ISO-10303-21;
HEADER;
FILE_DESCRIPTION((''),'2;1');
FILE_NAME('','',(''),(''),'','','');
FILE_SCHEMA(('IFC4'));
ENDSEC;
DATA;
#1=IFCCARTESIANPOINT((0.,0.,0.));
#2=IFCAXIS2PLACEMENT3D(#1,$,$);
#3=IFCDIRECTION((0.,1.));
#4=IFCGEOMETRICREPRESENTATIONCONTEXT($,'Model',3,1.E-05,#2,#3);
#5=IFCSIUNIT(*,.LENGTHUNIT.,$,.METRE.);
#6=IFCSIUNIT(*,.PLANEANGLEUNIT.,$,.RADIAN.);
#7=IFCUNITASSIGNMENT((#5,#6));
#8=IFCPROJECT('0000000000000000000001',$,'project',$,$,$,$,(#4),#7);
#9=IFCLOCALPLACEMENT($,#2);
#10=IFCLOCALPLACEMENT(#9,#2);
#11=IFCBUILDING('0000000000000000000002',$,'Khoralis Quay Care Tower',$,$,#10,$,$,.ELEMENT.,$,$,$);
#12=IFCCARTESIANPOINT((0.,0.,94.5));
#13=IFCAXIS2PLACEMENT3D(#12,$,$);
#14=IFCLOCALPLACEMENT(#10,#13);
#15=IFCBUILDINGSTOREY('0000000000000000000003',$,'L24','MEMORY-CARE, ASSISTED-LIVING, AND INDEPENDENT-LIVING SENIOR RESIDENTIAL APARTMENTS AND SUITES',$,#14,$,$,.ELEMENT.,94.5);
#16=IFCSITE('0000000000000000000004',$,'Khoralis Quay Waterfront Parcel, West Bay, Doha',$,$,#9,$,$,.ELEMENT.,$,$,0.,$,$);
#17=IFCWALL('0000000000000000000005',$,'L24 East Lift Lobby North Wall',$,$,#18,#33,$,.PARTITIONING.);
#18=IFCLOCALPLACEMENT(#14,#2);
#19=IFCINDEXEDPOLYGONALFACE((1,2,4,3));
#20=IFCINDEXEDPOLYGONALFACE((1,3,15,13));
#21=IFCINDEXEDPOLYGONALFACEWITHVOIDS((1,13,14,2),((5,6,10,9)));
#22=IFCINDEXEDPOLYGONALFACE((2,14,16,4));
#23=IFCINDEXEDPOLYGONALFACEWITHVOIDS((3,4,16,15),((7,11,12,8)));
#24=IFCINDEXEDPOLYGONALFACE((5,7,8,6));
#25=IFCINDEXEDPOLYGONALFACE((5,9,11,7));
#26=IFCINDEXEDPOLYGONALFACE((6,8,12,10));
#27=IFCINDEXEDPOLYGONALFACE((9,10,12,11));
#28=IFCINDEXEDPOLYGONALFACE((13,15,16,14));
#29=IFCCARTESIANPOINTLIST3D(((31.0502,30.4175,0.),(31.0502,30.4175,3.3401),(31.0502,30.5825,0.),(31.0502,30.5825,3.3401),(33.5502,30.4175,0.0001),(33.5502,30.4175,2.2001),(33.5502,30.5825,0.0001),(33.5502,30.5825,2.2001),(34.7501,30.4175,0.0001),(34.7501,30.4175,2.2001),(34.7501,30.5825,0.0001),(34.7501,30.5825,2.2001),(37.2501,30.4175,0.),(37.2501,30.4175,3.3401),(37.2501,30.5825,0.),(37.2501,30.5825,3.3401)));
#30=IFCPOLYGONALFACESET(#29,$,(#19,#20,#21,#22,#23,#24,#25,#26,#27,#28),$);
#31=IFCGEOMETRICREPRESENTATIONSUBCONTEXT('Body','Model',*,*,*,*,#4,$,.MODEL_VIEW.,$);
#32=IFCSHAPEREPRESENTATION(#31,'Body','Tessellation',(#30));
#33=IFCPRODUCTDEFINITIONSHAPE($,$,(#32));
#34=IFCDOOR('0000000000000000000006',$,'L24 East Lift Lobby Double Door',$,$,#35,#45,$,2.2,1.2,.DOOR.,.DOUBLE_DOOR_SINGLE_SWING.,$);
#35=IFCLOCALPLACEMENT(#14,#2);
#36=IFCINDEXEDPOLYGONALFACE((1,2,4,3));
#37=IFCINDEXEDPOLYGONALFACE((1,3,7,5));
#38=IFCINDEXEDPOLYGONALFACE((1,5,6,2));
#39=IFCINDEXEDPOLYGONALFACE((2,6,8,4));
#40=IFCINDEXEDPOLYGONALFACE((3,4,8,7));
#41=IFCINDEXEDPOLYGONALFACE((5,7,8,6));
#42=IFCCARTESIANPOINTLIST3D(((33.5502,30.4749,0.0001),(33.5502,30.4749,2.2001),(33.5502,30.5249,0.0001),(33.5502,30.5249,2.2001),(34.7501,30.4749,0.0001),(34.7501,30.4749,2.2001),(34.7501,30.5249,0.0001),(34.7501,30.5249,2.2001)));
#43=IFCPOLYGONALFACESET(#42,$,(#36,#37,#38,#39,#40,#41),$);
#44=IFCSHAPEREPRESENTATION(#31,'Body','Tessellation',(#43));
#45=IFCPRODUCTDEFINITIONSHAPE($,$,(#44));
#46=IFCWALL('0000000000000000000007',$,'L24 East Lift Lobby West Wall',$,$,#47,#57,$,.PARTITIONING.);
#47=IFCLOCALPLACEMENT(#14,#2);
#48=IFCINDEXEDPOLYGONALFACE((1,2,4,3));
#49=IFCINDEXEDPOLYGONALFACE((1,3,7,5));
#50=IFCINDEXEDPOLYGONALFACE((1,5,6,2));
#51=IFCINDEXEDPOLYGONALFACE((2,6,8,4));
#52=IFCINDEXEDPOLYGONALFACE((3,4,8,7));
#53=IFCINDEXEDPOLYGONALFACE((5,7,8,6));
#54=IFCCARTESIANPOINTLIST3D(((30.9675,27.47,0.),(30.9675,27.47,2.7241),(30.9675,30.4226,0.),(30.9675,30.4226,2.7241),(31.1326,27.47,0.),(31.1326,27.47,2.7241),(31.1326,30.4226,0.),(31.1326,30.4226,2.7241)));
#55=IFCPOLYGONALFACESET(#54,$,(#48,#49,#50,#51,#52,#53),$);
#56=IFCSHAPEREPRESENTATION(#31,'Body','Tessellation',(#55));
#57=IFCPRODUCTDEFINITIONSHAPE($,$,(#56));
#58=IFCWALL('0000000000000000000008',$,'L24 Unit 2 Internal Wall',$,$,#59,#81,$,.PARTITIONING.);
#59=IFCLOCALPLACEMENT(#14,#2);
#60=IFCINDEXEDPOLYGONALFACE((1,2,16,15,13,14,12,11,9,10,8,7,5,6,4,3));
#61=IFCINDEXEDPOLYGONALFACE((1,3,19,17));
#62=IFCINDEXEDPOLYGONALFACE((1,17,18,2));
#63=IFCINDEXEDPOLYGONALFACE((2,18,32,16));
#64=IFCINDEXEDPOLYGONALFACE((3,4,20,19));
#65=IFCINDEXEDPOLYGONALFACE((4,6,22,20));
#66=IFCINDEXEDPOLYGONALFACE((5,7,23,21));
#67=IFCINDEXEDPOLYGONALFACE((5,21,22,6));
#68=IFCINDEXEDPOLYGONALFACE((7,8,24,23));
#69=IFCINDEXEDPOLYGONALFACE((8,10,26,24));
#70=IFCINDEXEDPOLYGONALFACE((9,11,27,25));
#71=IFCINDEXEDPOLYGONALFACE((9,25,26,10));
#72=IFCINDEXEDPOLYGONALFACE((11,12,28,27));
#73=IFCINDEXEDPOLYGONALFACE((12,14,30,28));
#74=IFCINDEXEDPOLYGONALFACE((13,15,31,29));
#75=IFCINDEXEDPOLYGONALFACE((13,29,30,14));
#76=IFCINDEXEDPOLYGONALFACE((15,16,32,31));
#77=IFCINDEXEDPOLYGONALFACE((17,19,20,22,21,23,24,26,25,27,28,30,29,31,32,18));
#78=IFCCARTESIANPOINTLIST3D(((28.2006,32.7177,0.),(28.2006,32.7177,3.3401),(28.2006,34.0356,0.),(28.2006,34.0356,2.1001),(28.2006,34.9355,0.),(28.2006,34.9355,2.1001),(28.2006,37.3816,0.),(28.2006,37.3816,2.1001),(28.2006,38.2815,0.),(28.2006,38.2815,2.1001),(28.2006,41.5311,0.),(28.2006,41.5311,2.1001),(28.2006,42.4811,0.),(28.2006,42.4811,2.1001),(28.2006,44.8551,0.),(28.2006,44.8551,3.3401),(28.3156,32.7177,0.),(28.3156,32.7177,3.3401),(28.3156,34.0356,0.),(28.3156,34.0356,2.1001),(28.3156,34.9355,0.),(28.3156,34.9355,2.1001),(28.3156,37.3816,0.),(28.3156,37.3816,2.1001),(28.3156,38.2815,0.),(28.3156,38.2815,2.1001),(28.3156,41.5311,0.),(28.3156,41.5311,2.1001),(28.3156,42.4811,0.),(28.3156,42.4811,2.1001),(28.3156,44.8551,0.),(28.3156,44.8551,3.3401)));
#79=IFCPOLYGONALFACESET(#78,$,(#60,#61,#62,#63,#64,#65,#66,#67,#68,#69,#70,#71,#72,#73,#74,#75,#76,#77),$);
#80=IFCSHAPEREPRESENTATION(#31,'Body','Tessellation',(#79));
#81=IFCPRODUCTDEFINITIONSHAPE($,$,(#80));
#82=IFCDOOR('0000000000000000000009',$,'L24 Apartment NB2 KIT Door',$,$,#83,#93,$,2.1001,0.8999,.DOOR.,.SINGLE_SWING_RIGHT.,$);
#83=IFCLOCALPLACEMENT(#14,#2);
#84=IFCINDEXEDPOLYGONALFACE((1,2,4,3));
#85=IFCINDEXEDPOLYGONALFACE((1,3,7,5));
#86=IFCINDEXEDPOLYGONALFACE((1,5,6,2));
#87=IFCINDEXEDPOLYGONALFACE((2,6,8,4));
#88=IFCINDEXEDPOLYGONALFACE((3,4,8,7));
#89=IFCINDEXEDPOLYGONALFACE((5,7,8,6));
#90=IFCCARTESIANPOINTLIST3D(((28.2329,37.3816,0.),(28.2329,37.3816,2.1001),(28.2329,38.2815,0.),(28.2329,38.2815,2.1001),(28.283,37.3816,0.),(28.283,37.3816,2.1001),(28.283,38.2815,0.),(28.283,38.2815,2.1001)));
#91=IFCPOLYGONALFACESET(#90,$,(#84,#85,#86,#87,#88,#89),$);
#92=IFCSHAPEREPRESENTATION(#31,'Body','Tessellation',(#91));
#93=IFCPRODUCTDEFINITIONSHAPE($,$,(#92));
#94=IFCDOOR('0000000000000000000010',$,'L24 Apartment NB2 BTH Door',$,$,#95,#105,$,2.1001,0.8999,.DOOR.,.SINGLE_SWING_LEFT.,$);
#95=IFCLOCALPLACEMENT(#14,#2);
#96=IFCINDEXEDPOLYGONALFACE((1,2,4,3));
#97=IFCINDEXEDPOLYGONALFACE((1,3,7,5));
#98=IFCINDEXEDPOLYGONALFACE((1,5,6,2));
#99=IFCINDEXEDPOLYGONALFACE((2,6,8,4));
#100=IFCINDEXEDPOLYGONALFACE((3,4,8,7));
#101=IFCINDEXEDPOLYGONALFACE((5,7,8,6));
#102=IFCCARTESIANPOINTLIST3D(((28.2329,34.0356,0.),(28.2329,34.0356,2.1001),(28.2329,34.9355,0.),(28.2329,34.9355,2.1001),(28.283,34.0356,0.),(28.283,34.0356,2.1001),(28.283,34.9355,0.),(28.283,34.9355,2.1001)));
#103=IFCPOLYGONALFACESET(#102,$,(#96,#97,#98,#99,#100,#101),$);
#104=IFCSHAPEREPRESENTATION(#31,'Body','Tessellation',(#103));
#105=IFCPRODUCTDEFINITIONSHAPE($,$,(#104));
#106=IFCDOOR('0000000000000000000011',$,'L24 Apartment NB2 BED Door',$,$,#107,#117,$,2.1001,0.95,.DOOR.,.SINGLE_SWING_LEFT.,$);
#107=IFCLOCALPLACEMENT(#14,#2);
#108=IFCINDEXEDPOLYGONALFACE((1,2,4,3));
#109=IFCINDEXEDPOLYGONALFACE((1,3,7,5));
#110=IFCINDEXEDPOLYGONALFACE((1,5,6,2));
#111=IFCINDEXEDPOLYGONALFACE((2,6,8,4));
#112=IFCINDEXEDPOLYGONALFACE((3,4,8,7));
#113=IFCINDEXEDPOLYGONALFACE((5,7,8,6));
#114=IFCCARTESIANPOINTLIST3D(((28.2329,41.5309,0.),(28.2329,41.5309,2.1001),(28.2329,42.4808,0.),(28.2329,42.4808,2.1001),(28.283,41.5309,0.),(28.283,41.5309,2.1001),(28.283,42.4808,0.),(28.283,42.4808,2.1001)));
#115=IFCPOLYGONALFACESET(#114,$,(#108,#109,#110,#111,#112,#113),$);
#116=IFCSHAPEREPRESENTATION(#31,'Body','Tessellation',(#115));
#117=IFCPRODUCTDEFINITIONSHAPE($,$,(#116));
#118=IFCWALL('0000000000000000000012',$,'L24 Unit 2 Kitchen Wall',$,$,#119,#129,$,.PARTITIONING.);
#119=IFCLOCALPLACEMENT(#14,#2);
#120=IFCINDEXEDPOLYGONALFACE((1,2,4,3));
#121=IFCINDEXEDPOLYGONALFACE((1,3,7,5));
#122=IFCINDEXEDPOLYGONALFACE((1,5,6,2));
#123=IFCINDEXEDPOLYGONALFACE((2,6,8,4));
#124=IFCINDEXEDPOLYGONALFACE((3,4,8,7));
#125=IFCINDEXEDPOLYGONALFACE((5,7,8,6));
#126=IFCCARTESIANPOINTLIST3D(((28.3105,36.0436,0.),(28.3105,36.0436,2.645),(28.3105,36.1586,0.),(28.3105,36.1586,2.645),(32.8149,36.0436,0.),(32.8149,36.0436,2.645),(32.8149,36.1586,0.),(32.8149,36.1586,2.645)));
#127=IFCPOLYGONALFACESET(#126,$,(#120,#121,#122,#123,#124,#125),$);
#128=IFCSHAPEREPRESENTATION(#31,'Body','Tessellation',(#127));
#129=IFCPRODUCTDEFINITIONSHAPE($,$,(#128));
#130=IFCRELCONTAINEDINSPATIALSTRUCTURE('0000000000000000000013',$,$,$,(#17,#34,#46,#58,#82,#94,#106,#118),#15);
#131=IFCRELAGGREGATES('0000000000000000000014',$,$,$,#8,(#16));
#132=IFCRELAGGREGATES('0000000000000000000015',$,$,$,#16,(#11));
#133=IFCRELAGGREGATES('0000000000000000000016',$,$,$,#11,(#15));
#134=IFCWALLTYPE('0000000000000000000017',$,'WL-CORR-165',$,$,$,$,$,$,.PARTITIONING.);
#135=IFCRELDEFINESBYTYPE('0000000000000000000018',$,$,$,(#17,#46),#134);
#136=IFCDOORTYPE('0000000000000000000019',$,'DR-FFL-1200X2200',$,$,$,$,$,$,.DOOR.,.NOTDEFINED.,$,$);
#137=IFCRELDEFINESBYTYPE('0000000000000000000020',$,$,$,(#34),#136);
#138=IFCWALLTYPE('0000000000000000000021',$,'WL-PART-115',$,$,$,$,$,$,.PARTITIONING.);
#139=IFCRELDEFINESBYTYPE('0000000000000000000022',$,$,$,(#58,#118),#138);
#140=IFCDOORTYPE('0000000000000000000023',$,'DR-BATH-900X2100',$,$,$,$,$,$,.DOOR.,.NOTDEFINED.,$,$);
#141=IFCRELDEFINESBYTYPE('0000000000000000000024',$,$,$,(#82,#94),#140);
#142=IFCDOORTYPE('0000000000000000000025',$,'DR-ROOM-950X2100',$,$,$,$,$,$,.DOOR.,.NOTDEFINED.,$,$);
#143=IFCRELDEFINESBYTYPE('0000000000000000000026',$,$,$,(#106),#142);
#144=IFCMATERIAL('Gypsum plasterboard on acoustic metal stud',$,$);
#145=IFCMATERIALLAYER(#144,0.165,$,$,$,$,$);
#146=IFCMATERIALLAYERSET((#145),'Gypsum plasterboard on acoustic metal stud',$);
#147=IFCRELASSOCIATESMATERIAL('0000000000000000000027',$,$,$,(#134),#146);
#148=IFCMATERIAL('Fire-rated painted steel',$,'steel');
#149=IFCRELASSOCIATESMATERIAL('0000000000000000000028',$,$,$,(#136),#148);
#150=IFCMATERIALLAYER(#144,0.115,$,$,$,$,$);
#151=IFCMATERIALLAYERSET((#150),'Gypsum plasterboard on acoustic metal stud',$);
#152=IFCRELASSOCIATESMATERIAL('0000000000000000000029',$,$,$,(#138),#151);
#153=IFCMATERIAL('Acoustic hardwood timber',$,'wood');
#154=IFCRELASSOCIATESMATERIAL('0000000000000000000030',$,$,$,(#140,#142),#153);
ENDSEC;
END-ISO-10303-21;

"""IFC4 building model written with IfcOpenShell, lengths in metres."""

from ifc_helpers import new_model, si_unit, direction, frame, frame_2d, origin, place, context, subcontext, project, spatial, rectangle, extrude, source, transform, mapped, material, layer, layer_set, type_object, element, fill, save


model = new_model("IFC4")

# Units and contexts
model_context = context("Model", 3, precision=1e-05, world=origin(), true_north=direction((0.0, 1.0)))
body_context = subcontext(model_context, "Body", "Model", "MODEL_VIEW")
ifc_project = project(units=[si_unit("LENGTHUNIT", "METRE"), si_unit("PLANEANGLEUNIT", "RADIAN")], contexts=[model_context])

# Site, building, storey
site_placement = place(None, origin())
site = spatial("IfcSite", under=ifc_project, at=site_placement, Name="Khoralis Quay Waterfront Parcel, West Bay, Doha", CompositionType="ELEMENT", RefElevation=0.0)
building_placement = place(site_placement, origin())
building = spatial("IfcBuilding", under=site, at=building_placement, Name="Khoralis Quay Care Tower", CompositionType="ELEMENT")
storey_placement = place(building_placement, frame((0.0, 0.0, 94.5)))
storey = spatial("IfcBuildingStorey", under=building, at=storey_placement, Name="L24", Description="MEMORY-CARE, ASSISTED-LIVING, AND INDEPENDENT-LIVING SENIOR RESIDENTIAL APARTMENTS AND SUITES", CompositionType="ELEMENT", Elevation=94.5)

# Wall, opening, door
ifc_material_1 = material(Name="Gypsum plasterboard on acoustic metal stud")
ifc_layer_1 = layer(ifc_material_1, 0.165)
ifc_layer_set_1 = layer_set([ifc_layer_1], Name="Gypsum plasterboard on acoustic metal stud")
wall_type_1 = type_object("IfcWallType", Name="WL-CORR-165", PredefinedType="PARTITIONING", material=ifc_layer_set_1)
wall_1_placement = place(storey_placement, frame((31.05, 30.5, 0.0), z_axis=(0.0, 0.0, 1.0), x_axis=(1.0, 0.0, 0.0)))
wall_1 = element("IfcWall", 1, at=wall_1_placement, inside=storey, type_object=wall_type_1, Name="L24 East Lift Lobby North Wall", PredefinedType="PARTITIONING", context=body_context, shape_type="SweptSolid", body=[
    extrude(rectangle(XDim=6.2, YDim=0.165, at=frame_2d((3.1001, 0.0))), origin(), (0.0, 0.0, 1.0), 3.3401),
])
opening_1_placement = place(wall_1_placement, frame((2.5, 0.0, 0.0)))
opening_1 = element("IfcOpeningElement", 2, at=opening_1_placement, cuts=wall_1, PredefinedType="OPENING", context=body_context, shape_type="SweptSolid", body=[
    extrude(rectangle(XDim=1.2, YDim=2.2, at=frame_2d((0.6001, 1.1001))), frame((0.0, 0.0925, 0.0), z_axis=(0.0, -1.0, 0.0), x_axis=(1.0, 0.0, 0.0)), (0.0, 0.0, 1.0), 0.1851),
])
ifc_material_2 = material(Name="Fire-rated painted steel", Category="steel")
door_type_1 = type_object("IfcDoorType", Name="DR-FFL-1200X2200", OperationType="NOTDEFINED", PredefinedType="DOOR", material=ifc_material_2)
shared_shape_1 = source(origin(), body_context, "Body", "SweptSolid", [
    extrude(rectangle(XDim=1.2, YDim=2.2, at=frame_2d((0.6001, 1.1001))), frame((0.0, 0.0249, 0.0), z_axis=(0.0, -1.0, 0.0), x_axis=(1.0, 0.0, 0.0)), (0.0, 0.0, 1.0), 0.05),
])
door_1_placement = place(opening_1_placement, origin())
door_1 = element("IfcDoor", 3, at=door_1_placement, inside=storey, type_object=door_type_1, Name="L24 East Lift Lobby Double Door", OperationType="DOUBLE_DOOR_SINGLE_SWING", OverallHeight=2.2, OverallWidth=1.2, PredefinedType="DOOR", context=body_context, shape_type="MappedRepresentation", body=[
    mapped(shared_shape_1, transform((0.0, 0.0, 0.0), scale=1.0)),
])
fill(opening_1, door_1)

# Wall
wall_2_placement = place(storey_placement, frame((31.05, 27.47, 0.0), z_axis=(0.0, 0.0, 1.0), x_axis=(0.0, 1.0, 0.0)))
element("IfcWall", 4, at=wall_2_placement, inside=storey, type_object=wall_type_1, Name="L24 East Lift Lobby West Wall", PredefinedType="PARTITIONING", context=body_context, shape_type="SweptSolid", body=[
    extrude(rectangle(XDim=2.9526, YDim=0.165, at=frame_2d((1.4763, 0.0))), origin(), (0.0, 0.0, 1.0), 2.7241),
])

# Wall, openings, doors
ifc_layer_2 = layer(ifc_material_1, 0.115)
ifc_layer_set_2 = layer_set([ifc_layer_2], Name="Gypsum plasterboard on acoustic metal stud")
wall_type_2 = type_object("IfcWallType", Name="WL-PART-115", PredefinedType="PARTITIONING", material=ifc_layer_set_2)
wall_3_placement = place(storey_placement, frame((28.2581, 32.7175, 0.0), z_axis=(0.0, 0.0, 1.0), x_axis=(0.0, 1.0, 0.0)))
wall_3 = element("IfcWall", 5, at=wall_3_placement, inside=storey, type_object=wall_type_2, Name="L24 Unit 2 Internal Wall", PredefinedType="PARTITIONING", context=body_context, shape_type="SweptSolid", body=[
    extrude(rectangle(XDim=12.1375, YDim=0.115, at=frame_2d((6.0688, 0.0))), origin(), (0.0, 0.0, 1.0), 3.3401),
])
opening_2_placement = place(wall_3_placement, frame((8.8135, 0.0, 0.0)))
opening_2 = element("IfcOpeningElement", 6, at=opening_2_placement, cuts=wall_3, PredefinedType="OPENING", context=body_context, shape_type="SweptSolid", body=[
    extrude(rectangle(XDim=0.95, YDim=2.1001, at=frame_2d((0.4751, 1.05))), frame((0.0, 0.0674, 0.0), z_axis=(0.0, -1.0, 0.0), x_axis=(1.0, 0.0, 0.0)), (0.0, 0.0, 1.0), 0.135),
])
opening_3_placement = place(wall_3_placement, frame((4.6641, 0.0, 0.0)))
opening_3 = element("IfcOpeningElement", 7, at=opening_3_placement, cuts=wall_3, PredefinedType="OPENING", context=body_context, shape_type="SweptSolid", body=[
    extrude(rectangle(XDim=0.8999, YDim=2.1001, at=frame_2d((0.45, 1.05))), frame((0.0, 0.0674, 0.0), z_axis=(0.0, -1.0, 0.0), x_axis=(1.0, 0.0, 0.0)), (0.0, 0.0, 1.0), 0.135),
])
opening_4_placement = place(wall_3_placement, frame((1.3181, 0.0, 0.0)))
opening_4 = element("IfcOpeningElement", 8, at=opening_4_placement, cuts=wall_3, PredefinedType="OPENING", context=body_context, shape_type="SweptSolid", body=[
    extrude(rectangle(XDim=0.8999, YDim=2.1001, at=frame_2d((0.45, 1.05))), frame((0.0, 0.0674, 0.0), z_axis=(0.0, -1.0, 0.0), x_axis=(1.0, 0.0, 0.0)), (0.0, 0.0, 1.0), 0.135),
])
ifc_material_3 = material(Name="Acoustic hardwood timber", Category="wood")
door_type_2 = type_object("IfcDoorType", Name="DR-BATH-900X2100", OperationType="NOTDEFINED", PredefinedType="DOOR", material=ifc_material_3)
shared_shape_2 = source(origin(), body_context, "Body", "SweptSolid", [
    extrude(rectangle(XDim=0.8999, YDim=2.1001, at=frame_2d((0.45, 1.05))), frame((0.0, 0.0249, 0.0), z_axis=(0.0, -1.0, 0.0), x_axis=(1.0, 0.0, 0.0)), (0.0, 0.0, 1.0), 0.05),
])
door_2_placement = place(opening_3_placement, frame((0.8999, 0.0, 0.0), z_axis=(0.0, 0.0, 1.0), x_axis=(-1.0, 0.0, 0.0)))
door_2 = element("IfcDoor", 9, at=door_2_placement, inside=storey, type_object=door_type_2, Name="L24 Apartment NB2 KIT Door", OperationType="SINGLE_SWING_RIGHT", OverallHeight=2.1001, OverallWidth=0.8999, PredefinedType="DOOR", context=body_context, shape_type="MappedRepresentation", body=[
    mapped(shared_shape_2, transform((0.0, 0.0, 0.0), scale=1.0)),
])
fill(opening_3, door_2)
door_3_placement = place(opening_4_placement, frame((0.8999, 0.0, 0.0), z_axis=(0.0, 0.0, 1.0), x_axis=(-1.0, 0.0, 0.0)))
door_3 = element("IfcDoor", 10, at=door_3_placement, inside=storey, type_object=door_type_2, Name="L24 Apartment NB2 BTH Door", OperationType="SINGLE_SWING_LEFT", OverallHeight=2.1001, OverallWidth=0.8999, PredefinedType="DOOR", context=body_context, shape_type="MappedRepresentation", body=[
    mapped(shared_shape_2, transform((0.0, 0.0, 0.0), scale=1.0)),
])
fill(opening_4, door_3)
door_type_3 = type_object("IfcDoorType", Name="DR-ROOM-950X2100", OperationType="NOTDEFINED", PredefinedType="DOOR", material=ifc_material_3)
shared_shape_3 = source(origin(), body_context, "Body", "SweptSolid", [
    extrude(rectangle(XDim=0.95, YDim=2.1001, at=frame_2d((0.4751, 1.05))), frame((0.0, 0.0249, 0.0), z_axis=(0.0, -1.0, 0.0), x_axis=(1.0, 0.0, 0.0)), (0.0, 0.0, 1.0), 0.05),
])
door_4_placement = place(opening_2_placement, frame((0.95, 0.0, 0.0), z_axis=(0.0, 0.0, 1.0), x_axis=(-1.0, 0.0, 0.0)))
door_4 = element("IfcDoor", 11, at=door_4_placement, inside=storey, type_object=door_type_3, Name="L24 Apartment NB2 BED Door", OperationType="SINGLE_SWING_LEFT", OverallHeight=2.1001, OverallWidth=0.95, PredefinedType="DOOR", context=body_context, shape_type="MappedRepresentation", body=[
    mapped(shared_shape_3, transform((0.0, 0.0, 0.0), scale=1.0)),
])
fill(opening_2, door_4)

# Wall
wall_4_placement = place(storey_placement, frame((28.3105, 36.1011, 0.0), z_axis=(0.0, 0.0, 1.0), x_axis=(1.0, 0.0, 0.0)))
element("IfcWall", 12, at=wall_4_placement, inside=storey, type_object=wall_type_2, Name="L24 Unit 2 Kitchen Wall", PredefinedType="PARTITIONING", context=body_context, shape_type="SweptSolid", body=[
    extrude(rectangle(XDim=4.5044, YDim=0.115, at=frame_2d((2.2522, 0.0))), origin(), (0.0, 0.0, 1.0), 2.645),
])

save(model, "model.ifc")
